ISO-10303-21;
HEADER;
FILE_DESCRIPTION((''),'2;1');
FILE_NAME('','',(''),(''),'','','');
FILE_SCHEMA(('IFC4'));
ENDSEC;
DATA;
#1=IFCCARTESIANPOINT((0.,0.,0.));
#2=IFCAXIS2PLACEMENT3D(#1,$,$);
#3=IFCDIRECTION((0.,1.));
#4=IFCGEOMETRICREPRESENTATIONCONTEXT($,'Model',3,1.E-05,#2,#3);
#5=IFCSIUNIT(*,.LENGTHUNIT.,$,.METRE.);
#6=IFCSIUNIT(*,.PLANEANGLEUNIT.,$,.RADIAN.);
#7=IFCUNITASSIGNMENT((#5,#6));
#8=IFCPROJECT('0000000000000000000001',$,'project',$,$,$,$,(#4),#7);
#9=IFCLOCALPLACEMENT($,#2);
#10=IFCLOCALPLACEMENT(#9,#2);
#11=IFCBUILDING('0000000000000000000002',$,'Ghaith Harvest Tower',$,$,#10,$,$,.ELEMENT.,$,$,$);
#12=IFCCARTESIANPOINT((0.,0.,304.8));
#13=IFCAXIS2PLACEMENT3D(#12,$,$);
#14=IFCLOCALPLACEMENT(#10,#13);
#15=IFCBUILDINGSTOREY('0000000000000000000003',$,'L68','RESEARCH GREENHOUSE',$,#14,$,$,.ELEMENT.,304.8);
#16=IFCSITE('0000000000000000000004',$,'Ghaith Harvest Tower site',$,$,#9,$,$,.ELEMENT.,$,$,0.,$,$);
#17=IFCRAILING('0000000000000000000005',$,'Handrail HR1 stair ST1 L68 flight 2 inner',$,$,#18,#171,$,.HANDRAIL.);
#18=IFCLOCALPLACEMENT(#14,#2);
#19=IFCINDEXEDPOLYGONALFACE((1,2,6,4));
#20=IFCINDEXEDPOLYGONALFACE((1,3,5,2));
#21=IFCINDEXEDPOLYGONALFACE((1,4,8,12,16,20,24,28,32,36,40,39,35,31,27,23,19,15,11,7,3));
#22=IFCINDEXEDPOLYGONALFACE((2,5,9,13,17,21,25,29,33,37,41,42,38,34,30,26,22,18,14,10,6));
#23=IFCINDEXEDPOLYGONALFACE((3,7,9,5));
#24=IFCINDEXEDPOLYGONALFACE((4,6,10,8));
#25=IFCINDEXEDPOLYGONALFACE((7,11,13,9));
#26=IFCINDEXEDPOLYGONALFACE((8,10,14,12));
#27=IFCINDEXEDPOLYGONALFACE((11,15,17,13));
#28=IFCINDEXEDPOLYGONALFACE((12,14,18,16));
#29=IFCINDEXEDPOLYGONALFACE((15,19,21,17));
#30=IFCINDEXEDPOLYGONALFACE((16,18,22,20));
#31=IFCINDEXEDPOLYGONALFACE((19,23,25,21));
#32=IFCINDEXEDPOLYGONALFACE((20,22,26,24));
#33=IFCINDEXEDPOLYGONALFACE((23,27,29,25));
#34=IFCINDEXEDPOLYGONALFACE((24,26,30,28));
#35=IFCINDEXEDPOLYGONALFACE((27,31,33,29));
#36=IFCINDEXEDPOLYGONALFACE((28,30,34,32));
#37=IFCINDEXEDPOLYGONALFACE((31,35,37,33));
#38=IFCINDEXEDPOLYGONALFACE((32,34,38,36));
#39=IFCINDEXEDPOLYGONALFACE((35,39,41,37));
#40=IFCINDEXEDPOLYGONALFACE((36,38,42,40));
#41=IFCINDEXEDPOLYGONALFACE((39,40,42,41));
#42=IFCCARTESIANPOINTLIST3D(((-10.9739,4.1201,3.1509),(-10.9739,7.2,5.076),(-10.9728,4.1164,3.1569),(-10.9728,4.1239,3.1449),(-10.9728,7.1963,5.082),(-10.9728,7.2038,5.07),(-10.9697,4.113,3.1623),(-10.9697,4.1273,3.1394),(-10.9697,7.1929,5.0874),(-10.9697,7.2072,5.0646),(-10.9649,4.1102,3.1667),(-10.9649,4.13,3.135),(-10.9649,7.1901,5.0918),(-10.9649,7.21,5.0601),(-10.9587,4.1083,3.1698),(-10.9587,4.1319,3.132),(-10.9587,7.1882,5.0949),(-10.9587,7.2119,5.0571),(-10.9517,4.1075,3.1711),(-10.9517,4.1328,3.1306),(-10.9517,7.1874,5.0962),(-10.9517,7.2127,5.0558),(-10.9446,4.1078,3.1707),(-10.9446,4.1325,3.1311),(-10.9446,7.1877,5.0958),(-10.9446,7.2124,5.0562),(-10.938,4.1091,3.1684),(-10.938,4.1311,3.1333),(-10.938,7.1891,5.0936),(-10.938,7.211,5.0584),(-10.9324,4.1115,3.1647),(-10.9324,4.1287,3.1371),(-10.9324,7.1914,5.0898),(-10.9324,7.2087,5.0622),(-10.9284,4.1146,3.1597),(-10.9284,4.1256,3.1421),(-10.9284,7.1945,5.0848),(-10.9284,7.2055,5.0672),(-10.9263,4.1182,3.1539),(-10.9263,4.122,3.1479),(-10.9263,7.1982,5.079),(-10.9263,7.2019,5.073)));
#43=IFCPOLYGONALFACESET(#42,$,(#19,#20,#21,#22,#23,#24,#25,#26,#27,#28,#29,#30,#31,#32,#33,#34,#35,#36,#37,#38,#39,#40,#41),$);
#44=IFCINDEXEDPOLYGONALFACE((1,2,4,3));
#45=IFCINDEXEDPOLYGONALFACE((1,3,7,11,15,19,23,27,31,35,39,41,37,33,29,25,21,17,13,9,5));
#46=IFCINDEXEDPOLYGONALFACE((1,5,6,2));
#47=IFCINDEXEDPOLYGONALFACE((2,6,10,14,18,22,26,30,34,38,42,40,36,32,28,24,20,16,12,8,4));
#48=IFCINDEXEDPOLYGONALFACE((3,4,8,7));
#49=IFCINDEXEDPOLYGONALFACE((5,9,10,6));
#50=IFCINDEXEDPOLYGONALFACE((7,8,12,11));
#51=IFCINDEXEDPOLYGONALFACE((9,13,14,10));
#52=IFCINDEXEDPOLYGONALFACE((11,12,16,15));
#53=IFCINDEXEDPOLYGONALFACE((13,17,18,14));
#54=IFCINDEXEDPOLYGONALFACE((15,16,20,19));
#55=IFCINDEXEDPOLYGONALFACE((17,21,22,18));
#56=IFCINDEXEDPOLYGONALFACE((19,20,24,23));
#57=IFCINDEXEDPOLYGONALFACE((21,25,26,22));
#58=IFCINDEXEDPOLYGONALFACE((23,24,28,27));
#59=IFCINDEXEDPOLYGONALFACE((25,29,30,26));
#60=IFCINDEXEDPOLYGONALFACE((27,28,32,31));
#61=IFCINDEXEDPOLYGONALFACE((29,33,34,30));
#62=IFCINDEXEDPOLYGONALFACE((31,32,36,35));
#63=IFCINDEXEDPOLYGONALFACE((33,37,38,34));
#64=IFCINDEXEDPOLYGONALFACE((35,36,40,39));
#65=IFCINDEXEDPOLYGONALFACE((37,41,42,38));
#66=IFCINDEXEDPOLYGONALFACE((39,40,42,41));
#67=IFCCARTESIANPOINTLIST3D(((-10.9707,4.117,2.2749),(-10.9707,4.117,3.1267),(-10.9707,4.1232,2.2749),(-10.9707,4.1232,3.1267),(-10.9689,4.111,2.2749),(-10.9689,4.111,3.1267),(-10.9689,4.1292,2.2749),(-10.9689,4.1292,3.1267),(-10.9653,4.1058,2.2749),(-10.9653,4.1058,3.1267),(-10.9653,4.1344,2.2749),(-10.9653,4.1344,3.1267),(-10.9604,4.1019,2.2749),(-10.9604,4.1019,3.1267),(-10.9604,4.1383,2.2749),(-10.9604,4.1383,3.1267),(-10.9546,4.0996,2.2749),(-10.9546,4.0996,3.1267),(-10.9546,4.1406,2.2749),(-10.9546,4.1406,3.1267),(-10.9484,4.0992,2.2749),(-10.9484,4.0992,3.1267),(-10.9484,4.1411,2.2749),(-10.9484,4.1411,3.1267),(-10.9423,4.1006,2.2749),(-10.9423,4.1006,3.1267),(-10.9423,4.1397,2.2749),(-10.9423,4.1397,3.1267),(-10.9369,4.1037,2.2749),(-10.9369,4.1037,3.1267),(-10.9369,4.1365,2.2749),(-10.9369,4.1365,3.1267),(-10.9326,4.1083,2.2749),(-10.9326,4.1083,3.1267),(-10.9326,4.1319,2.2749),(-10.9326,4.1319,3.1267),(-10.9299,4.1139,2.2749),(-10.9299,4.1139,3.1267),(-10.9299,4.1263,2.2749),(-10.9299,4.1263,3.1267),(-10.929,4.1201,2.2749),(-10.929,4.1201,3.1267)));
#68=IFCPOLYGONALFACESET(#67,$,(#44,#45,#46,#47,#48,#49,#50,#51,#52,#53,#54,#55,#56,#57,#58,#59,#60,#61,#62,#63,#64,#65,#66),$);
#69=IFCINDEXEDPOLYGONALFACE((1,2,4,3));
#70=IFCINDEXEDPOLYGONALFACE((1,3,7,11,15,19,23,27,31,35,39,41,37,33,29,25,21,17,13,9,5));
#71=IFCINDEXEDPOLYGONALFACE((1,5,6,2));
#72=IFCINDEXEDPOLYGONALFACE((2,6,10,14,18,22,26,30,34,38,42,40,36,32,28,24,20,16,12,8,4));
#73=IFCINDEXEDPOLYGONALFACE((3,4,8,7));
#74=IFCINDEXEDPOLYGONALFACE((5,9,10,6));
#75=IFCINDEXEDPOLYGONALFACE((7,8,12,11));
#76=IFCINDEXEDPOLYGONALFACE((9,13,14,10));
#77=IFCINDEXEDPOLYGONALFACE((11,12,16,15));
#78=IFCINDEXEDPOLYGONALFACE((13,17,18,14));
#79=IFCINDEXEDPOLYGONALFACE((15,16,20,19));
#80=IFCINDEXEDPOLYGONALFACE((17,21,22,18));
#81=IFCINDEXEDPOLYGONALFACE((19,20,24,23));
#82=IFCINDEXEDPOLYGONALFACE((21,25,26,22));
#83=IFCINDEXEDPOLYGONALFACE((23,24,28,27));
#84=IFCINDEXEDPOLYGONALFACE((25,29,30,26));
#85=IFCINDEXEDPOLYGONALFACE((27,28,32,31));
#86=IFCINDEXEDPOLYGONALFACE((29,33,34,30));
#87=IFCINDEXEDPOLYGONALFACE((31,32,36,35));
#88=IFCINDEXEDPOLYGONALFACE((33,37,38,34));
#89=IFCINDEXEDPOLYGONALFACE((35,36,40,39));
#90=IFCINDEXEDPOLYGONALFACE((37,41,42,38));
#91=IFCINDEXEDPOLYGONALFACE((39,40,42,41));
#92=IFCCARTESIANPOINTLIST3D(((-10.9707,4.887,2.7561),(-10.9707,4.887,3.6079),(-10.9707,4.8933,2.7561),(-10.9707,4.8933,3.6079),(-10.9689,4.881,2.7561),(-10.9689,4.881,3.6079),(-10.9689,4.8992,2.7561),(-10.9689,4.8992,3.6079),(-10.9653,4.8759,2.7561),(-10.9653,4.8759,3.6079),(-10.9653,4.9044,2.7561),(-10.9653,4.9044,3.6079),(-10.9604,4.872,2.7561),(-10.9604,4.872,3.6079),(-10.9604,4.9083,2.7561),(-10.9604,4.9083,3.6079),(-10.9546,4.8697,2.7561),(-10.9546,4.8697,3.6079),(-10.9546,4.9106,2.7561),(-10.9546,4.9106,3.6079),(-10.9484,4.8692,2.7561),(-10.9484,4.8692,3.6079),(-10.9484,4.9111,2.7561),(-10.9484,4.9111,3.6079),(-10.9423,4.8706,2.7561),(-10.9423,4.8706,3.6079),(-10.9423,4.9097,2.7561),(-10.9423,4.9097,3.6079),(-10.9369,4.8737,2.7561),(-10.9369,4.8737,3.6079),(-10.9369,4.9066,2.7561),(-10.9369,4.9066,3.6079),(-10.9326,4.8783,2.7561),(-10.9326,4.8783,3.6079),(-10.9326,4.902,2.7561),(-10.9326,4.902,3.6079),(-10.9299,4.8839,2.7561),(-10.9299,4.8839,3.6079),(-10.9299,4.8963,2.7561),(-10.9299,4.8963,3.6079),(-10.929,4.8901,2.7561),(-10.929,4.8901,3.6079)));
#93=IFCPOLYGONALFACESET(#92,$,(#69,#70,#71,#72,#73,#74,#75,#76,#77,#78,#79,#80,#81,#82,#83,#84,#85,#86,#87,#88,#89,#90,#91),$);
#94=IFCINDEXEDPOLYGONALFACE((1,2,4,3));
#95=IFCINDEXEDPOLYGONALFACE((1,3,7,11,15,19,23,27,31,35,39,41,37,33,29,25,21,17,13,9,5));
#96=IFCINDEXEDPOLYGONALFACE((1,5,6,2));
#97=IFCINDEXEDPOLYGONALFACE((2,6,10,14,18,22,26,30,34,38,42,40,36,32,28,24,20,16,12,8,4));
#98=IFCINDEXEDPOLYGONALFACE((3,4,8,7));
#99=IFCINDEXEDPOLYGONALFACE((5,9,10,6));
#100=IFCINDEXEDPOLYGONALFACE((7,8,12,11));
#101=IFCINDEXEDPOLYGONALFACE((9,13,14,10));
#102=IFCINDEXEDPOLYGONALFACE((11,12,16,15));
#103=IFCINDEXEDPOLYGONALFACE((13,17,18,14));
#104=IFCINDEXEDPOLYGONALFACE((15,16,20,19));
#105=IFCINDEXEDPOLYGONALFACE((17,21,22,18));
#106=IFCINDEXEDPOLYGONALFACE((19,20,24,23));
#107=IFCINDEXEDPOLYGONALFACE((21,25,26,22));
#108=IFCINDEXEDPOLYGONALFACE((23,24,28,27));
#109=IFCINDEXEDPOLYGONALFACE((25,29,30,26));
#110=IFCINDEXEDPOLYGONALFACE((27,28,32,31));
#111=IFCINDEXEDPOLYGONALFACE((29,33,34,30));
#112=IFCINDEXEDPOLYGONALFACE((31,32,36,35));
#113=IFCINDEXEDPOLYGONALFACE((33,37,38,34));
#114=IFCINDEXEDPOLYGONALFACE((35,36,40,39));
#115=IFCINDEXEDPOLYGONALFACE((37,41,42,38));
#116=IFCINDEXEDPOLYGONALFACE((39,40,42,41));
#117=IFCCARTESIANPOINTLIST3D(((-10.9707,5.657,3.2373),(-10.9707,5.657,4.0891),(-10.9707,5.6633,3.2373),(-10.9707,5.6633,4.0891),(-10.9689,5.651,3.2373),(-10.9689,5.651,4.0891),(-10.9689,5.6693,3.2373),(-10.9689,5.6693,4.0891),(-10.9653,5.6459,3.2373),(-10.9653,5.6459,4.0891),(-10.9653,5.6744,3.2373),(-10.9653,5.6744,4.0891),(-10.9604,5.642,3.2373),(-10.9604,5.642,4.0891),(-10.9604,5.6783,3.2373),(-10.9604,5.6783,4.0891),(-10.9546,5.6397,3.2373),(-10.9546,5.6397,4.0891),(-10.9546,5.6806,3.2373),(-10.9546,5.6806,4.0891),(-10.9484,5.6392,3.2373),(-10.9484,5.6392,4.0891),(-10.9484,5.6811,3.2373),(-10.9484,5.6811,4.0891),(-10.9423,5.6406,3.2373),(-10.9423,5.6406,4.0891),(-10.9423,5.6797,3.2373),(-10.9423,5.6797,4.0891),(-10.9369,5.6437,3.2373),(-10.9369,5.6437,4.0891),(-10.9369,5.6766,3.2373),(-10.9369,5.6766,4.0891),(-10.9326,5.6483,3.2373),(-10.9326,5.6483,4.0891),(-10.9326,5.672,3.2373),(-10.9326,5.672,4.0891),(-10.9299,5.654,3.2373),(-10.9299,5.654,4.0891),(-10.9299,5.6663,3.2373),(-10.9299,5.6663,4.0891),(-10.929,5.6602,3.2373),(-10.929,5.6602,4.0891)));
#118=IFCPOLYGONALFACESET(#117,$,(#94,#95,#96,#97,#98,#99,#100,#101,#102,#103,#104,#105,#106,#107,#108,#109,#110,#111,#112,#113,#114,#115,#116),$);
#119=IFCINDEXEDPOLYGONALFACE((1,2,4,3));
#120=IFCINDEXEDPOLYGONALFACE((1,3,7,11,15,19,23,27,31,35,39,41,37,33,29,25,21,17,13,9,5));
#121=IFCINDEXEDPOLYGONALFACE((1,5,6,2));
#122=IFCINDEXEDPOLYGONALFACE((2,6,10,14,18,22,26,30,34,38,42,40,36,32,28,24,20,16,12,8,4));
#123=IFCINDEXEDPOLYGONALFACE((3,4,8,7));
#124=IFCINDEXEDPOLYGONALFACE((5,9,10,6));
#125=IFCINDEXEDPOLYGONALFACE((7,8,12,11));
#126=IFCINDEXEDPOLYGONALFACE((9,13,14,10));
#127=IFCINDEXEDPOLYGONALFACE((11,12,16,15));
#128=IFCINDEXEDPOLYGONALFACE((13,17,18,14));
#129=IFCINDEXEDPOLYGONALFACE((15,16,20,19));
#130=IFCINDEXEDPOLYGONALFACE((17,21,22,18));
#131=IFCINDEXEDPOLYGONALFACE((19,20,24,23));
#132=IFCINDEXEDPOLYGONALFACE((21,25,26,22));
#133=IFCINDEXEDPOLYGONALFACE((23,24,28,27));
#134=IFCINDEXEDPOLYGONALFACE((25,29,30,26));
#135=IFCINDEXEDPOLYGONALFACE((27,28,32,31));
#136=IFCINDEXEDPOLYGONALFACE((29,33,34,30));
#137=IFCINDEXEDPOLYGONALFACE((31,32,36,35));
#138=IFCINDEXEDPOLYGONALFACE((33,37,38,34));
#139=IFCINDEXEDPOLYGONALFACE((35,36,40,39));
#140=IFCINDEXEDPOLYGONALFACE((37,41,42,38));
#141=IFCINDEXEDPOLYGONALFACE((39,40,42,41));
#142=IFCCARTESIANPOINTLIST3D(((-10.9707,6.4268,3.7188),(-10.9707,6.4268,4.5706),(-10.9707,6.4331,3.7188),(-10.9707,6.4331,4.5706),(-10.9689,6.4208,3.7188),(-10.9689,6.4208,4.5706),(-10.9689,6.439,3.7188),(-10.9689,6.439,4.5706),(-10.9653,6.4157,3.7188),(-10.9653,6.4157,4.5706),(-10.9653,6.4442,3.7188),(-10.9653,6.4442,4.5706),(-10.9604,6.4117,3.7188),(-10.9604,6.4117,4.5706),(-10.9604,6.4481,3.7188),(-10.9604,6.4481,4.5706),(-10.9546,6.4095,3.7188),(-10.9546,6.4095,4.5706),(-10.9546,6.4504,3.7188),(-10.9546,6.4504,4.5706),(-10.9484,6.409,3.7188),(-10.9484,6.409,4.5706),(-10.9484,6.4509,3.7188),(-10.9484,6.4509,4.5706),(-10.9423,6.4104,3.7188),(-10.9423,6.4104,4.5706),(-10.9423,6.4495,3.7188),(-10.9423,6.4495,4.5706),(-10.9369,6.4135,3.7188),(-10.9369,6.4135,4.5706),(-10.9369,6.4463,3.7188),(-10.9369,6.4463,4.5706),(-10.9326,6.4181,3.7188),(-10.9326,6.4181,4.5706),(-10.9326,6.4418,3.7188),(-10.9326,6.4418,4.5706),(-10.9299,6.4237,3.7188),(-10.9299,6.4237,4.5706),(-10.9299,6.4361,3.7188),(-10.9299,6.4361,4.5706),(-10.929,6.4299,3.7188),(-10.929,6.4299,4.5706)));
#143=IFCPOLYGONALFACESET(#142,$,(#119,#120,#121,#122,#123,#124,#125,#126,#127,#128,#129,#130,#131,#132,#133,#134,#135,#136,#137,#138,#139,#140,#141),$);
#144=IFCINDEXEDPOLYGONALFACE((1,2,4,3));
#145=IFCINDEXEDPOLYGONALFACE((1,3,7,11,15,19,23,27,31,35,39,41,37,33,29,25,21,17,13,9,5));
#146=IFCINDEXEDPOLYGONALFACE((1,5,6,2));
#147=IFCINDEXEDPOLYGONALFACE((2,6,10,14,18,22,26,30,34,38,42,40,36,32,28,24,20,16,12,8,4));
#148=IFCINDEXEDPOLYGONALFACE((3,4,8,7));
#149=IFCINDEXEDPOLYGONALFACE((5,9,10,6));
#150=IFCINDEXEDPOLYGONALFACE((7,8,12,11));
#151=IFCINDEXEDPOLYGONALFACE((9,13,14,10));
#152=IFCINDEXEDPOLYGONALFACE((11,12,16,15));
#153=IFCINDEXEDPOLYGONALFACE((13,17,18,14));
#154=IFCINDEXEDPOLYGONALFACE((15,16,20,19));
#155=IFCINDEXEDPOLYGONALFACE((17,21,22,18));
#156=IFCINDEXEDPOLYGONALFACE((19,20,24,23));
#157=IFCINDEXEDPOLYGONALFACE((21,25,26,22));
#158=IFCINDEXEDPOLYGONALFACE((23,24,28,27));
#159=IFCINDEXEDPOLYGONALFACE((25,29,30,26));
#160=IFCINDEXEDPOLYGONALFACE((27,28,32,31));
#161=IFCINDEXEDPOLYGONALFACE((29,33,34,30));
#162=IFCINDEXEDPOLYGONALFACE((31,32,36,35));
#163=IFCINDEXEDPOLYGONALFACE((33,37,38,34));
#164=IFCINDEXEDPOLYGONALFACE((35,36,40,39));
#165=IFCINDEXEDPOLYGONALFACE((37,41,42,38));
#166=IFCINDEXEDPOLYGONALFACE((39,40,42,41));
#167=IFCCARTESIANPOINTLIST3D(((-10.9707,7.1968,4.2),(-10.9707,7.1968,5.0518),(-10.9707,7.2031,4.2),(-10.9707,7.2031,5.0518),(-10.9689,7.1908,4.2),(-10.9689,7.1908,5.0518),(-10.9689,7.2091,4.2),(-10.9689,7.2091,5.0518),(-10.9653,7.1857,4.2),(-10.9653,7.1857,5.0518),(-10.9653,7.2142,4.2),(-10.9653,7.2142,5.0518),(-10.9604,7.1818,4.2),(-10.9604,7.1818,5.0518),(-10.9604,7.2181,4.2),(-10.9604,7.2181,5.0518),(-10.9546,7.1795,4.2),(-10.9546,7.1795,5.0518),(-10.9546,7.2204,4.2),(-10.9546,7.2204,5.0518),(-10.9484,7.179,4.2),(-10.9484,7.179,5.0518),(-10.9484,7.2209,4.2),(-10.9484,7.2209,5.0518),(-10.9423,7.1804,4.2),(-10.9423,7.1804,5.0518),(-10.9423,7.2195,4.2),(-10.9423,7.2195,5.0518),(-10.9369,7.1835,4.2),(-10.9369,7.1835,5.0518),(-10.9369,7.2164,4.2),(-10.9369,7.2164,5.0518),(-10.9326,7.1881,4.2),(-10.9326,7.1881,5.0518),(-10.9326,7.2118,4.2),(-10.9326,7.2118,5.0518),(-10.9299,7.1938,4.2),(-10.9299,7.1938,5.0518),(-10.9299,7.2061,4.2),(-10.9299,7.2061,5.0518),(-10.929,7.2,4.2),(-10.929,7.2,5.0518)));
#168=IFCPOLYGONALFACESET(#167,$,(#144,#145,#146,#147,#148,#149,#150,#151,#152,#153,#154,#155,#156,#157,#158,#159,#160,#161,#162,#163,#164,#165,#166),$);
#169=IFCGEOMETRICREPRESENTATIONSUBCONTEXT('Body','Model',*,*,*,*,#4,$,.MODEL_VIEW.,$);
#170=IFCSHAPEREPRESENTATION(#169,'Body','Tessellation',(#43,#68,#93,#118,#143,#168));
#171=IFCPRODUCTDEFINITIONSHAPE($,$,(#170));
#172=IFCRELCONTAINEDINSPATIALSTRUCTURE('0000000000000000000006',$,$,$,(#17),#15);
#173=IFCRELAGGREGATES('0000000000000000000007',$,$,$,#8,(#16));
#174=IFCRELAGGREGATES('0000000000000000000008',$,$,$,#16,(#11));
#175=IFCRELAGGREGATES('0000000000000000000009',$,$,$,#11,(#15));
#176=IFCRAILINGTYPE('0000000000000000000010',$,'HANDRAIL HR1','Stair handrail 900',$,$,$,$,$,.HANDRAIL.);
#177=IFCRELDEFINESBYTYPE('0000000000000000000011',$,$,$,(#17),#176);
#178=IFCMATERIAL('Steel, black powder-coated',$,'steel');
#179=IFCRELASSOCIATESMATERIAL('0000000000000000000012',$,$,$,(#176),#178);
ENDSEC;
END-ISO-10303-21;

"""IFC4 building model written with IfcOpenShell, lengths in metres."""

from ifc_helpers import new_model, si_unit, direction, frame, origin, origin_2d, place, context, subcontext, project, spatial, circle, extrude, material, type_object, element, save


model = new_model("IFC4")

# Units and contexts
model_context = context("Model", 3, precision=1e-05, world=origin(), true_north=direction((0.0, 1.0)))
body_context = subcontext(model_context, "Body", "Model", "MODEL_VIEW")
ifc_project = project(units=[si_unit("LENGTHUNIT", "METRE"), si_unit("PLANEANGLEUNIT", "RADIAN")], contexts=[model_context])

# Site, building, storey
site_placement = place(None, origin())
site = spatial("IfcSite", under=ifc_project, at=site_placement, Name="Ghaith Harvest Tower site", CompositionType="ELEMENT", RefElevation=0.0)
building_placement = place(site_placement, origin())
building = spatial("IfcBuilding", under=site, at=building_placement, Name="Ghaith Harvest Tower", CompositionType="ELEMENT")
storey_placement = place(building_placement, frame((0.0, 0.0, 304.8)))
storey = spatial("IfcBuildingStorey", under=building, at=storey_placement, Name="L68", Description="RESEARCH GREENHOUSE", CompositionType="ELEMENT", Elevation=304.8)

# Railing
ifc_material_1 = material(Name="Steel, black powder-coated", Category="steel")
railing_type = type_object("IfcRailingType", Name="HANDRAIL HR1", Description="Stair handrail 900", PredefinedType="HANDRAIL", material=ifc_material_1)
railing_1_placement = place(storey_placement, frame((-10.95, 4.1201, 2.2749)))
element("IfcRailing", 1, at=railing_1_placement, inside=storey, type_object=railing_type, Name="Handrail HR1 stair ST1 L68 flight 2 inner", PredefinedType="HANDRAIL", context=body_context, shape_type="SweptSolid", body=[
    extrude(circle(Radius=0.0239, at=origin_2d()), frame((0.0, 0.0, 0.876), z_axis=(0.0, 0.847979, 0.530029), x_axis=(-1.0, 0.0, 0.0)), (0.0, 0.0, 1.0), 3.6321),
    extrude(circle(Radius=0.021, at=origin_2d()), origin(), (0.0, 0.0, 1.0), 0.8518),
    extrude(circle(Radius=0.021, at=origin_2d()), frame((0.0, 0.77, 0.4812)), (0.0, 0.0, 1.0), 0.8518),
    extrude(circle(Radius=0.021, at=origin_2d()), frame((0.0, 1.54, 0.9624)), (0.0, 0.0, 1.0), 0.8518),
    extrude(circle(Radius=0.021, at=origin_2d()), frame((0.0, 2.3098, 1.4438)), (0.0, 0.0, 1.0), 0.8518),
    extrude(circle(Radius=0.021, at=origin_2d()), frame((0.0, 3.0798, 1.925)), (0.0, 0.0, 1.0), 0.8518),
])

save(model, "model.ifc")
